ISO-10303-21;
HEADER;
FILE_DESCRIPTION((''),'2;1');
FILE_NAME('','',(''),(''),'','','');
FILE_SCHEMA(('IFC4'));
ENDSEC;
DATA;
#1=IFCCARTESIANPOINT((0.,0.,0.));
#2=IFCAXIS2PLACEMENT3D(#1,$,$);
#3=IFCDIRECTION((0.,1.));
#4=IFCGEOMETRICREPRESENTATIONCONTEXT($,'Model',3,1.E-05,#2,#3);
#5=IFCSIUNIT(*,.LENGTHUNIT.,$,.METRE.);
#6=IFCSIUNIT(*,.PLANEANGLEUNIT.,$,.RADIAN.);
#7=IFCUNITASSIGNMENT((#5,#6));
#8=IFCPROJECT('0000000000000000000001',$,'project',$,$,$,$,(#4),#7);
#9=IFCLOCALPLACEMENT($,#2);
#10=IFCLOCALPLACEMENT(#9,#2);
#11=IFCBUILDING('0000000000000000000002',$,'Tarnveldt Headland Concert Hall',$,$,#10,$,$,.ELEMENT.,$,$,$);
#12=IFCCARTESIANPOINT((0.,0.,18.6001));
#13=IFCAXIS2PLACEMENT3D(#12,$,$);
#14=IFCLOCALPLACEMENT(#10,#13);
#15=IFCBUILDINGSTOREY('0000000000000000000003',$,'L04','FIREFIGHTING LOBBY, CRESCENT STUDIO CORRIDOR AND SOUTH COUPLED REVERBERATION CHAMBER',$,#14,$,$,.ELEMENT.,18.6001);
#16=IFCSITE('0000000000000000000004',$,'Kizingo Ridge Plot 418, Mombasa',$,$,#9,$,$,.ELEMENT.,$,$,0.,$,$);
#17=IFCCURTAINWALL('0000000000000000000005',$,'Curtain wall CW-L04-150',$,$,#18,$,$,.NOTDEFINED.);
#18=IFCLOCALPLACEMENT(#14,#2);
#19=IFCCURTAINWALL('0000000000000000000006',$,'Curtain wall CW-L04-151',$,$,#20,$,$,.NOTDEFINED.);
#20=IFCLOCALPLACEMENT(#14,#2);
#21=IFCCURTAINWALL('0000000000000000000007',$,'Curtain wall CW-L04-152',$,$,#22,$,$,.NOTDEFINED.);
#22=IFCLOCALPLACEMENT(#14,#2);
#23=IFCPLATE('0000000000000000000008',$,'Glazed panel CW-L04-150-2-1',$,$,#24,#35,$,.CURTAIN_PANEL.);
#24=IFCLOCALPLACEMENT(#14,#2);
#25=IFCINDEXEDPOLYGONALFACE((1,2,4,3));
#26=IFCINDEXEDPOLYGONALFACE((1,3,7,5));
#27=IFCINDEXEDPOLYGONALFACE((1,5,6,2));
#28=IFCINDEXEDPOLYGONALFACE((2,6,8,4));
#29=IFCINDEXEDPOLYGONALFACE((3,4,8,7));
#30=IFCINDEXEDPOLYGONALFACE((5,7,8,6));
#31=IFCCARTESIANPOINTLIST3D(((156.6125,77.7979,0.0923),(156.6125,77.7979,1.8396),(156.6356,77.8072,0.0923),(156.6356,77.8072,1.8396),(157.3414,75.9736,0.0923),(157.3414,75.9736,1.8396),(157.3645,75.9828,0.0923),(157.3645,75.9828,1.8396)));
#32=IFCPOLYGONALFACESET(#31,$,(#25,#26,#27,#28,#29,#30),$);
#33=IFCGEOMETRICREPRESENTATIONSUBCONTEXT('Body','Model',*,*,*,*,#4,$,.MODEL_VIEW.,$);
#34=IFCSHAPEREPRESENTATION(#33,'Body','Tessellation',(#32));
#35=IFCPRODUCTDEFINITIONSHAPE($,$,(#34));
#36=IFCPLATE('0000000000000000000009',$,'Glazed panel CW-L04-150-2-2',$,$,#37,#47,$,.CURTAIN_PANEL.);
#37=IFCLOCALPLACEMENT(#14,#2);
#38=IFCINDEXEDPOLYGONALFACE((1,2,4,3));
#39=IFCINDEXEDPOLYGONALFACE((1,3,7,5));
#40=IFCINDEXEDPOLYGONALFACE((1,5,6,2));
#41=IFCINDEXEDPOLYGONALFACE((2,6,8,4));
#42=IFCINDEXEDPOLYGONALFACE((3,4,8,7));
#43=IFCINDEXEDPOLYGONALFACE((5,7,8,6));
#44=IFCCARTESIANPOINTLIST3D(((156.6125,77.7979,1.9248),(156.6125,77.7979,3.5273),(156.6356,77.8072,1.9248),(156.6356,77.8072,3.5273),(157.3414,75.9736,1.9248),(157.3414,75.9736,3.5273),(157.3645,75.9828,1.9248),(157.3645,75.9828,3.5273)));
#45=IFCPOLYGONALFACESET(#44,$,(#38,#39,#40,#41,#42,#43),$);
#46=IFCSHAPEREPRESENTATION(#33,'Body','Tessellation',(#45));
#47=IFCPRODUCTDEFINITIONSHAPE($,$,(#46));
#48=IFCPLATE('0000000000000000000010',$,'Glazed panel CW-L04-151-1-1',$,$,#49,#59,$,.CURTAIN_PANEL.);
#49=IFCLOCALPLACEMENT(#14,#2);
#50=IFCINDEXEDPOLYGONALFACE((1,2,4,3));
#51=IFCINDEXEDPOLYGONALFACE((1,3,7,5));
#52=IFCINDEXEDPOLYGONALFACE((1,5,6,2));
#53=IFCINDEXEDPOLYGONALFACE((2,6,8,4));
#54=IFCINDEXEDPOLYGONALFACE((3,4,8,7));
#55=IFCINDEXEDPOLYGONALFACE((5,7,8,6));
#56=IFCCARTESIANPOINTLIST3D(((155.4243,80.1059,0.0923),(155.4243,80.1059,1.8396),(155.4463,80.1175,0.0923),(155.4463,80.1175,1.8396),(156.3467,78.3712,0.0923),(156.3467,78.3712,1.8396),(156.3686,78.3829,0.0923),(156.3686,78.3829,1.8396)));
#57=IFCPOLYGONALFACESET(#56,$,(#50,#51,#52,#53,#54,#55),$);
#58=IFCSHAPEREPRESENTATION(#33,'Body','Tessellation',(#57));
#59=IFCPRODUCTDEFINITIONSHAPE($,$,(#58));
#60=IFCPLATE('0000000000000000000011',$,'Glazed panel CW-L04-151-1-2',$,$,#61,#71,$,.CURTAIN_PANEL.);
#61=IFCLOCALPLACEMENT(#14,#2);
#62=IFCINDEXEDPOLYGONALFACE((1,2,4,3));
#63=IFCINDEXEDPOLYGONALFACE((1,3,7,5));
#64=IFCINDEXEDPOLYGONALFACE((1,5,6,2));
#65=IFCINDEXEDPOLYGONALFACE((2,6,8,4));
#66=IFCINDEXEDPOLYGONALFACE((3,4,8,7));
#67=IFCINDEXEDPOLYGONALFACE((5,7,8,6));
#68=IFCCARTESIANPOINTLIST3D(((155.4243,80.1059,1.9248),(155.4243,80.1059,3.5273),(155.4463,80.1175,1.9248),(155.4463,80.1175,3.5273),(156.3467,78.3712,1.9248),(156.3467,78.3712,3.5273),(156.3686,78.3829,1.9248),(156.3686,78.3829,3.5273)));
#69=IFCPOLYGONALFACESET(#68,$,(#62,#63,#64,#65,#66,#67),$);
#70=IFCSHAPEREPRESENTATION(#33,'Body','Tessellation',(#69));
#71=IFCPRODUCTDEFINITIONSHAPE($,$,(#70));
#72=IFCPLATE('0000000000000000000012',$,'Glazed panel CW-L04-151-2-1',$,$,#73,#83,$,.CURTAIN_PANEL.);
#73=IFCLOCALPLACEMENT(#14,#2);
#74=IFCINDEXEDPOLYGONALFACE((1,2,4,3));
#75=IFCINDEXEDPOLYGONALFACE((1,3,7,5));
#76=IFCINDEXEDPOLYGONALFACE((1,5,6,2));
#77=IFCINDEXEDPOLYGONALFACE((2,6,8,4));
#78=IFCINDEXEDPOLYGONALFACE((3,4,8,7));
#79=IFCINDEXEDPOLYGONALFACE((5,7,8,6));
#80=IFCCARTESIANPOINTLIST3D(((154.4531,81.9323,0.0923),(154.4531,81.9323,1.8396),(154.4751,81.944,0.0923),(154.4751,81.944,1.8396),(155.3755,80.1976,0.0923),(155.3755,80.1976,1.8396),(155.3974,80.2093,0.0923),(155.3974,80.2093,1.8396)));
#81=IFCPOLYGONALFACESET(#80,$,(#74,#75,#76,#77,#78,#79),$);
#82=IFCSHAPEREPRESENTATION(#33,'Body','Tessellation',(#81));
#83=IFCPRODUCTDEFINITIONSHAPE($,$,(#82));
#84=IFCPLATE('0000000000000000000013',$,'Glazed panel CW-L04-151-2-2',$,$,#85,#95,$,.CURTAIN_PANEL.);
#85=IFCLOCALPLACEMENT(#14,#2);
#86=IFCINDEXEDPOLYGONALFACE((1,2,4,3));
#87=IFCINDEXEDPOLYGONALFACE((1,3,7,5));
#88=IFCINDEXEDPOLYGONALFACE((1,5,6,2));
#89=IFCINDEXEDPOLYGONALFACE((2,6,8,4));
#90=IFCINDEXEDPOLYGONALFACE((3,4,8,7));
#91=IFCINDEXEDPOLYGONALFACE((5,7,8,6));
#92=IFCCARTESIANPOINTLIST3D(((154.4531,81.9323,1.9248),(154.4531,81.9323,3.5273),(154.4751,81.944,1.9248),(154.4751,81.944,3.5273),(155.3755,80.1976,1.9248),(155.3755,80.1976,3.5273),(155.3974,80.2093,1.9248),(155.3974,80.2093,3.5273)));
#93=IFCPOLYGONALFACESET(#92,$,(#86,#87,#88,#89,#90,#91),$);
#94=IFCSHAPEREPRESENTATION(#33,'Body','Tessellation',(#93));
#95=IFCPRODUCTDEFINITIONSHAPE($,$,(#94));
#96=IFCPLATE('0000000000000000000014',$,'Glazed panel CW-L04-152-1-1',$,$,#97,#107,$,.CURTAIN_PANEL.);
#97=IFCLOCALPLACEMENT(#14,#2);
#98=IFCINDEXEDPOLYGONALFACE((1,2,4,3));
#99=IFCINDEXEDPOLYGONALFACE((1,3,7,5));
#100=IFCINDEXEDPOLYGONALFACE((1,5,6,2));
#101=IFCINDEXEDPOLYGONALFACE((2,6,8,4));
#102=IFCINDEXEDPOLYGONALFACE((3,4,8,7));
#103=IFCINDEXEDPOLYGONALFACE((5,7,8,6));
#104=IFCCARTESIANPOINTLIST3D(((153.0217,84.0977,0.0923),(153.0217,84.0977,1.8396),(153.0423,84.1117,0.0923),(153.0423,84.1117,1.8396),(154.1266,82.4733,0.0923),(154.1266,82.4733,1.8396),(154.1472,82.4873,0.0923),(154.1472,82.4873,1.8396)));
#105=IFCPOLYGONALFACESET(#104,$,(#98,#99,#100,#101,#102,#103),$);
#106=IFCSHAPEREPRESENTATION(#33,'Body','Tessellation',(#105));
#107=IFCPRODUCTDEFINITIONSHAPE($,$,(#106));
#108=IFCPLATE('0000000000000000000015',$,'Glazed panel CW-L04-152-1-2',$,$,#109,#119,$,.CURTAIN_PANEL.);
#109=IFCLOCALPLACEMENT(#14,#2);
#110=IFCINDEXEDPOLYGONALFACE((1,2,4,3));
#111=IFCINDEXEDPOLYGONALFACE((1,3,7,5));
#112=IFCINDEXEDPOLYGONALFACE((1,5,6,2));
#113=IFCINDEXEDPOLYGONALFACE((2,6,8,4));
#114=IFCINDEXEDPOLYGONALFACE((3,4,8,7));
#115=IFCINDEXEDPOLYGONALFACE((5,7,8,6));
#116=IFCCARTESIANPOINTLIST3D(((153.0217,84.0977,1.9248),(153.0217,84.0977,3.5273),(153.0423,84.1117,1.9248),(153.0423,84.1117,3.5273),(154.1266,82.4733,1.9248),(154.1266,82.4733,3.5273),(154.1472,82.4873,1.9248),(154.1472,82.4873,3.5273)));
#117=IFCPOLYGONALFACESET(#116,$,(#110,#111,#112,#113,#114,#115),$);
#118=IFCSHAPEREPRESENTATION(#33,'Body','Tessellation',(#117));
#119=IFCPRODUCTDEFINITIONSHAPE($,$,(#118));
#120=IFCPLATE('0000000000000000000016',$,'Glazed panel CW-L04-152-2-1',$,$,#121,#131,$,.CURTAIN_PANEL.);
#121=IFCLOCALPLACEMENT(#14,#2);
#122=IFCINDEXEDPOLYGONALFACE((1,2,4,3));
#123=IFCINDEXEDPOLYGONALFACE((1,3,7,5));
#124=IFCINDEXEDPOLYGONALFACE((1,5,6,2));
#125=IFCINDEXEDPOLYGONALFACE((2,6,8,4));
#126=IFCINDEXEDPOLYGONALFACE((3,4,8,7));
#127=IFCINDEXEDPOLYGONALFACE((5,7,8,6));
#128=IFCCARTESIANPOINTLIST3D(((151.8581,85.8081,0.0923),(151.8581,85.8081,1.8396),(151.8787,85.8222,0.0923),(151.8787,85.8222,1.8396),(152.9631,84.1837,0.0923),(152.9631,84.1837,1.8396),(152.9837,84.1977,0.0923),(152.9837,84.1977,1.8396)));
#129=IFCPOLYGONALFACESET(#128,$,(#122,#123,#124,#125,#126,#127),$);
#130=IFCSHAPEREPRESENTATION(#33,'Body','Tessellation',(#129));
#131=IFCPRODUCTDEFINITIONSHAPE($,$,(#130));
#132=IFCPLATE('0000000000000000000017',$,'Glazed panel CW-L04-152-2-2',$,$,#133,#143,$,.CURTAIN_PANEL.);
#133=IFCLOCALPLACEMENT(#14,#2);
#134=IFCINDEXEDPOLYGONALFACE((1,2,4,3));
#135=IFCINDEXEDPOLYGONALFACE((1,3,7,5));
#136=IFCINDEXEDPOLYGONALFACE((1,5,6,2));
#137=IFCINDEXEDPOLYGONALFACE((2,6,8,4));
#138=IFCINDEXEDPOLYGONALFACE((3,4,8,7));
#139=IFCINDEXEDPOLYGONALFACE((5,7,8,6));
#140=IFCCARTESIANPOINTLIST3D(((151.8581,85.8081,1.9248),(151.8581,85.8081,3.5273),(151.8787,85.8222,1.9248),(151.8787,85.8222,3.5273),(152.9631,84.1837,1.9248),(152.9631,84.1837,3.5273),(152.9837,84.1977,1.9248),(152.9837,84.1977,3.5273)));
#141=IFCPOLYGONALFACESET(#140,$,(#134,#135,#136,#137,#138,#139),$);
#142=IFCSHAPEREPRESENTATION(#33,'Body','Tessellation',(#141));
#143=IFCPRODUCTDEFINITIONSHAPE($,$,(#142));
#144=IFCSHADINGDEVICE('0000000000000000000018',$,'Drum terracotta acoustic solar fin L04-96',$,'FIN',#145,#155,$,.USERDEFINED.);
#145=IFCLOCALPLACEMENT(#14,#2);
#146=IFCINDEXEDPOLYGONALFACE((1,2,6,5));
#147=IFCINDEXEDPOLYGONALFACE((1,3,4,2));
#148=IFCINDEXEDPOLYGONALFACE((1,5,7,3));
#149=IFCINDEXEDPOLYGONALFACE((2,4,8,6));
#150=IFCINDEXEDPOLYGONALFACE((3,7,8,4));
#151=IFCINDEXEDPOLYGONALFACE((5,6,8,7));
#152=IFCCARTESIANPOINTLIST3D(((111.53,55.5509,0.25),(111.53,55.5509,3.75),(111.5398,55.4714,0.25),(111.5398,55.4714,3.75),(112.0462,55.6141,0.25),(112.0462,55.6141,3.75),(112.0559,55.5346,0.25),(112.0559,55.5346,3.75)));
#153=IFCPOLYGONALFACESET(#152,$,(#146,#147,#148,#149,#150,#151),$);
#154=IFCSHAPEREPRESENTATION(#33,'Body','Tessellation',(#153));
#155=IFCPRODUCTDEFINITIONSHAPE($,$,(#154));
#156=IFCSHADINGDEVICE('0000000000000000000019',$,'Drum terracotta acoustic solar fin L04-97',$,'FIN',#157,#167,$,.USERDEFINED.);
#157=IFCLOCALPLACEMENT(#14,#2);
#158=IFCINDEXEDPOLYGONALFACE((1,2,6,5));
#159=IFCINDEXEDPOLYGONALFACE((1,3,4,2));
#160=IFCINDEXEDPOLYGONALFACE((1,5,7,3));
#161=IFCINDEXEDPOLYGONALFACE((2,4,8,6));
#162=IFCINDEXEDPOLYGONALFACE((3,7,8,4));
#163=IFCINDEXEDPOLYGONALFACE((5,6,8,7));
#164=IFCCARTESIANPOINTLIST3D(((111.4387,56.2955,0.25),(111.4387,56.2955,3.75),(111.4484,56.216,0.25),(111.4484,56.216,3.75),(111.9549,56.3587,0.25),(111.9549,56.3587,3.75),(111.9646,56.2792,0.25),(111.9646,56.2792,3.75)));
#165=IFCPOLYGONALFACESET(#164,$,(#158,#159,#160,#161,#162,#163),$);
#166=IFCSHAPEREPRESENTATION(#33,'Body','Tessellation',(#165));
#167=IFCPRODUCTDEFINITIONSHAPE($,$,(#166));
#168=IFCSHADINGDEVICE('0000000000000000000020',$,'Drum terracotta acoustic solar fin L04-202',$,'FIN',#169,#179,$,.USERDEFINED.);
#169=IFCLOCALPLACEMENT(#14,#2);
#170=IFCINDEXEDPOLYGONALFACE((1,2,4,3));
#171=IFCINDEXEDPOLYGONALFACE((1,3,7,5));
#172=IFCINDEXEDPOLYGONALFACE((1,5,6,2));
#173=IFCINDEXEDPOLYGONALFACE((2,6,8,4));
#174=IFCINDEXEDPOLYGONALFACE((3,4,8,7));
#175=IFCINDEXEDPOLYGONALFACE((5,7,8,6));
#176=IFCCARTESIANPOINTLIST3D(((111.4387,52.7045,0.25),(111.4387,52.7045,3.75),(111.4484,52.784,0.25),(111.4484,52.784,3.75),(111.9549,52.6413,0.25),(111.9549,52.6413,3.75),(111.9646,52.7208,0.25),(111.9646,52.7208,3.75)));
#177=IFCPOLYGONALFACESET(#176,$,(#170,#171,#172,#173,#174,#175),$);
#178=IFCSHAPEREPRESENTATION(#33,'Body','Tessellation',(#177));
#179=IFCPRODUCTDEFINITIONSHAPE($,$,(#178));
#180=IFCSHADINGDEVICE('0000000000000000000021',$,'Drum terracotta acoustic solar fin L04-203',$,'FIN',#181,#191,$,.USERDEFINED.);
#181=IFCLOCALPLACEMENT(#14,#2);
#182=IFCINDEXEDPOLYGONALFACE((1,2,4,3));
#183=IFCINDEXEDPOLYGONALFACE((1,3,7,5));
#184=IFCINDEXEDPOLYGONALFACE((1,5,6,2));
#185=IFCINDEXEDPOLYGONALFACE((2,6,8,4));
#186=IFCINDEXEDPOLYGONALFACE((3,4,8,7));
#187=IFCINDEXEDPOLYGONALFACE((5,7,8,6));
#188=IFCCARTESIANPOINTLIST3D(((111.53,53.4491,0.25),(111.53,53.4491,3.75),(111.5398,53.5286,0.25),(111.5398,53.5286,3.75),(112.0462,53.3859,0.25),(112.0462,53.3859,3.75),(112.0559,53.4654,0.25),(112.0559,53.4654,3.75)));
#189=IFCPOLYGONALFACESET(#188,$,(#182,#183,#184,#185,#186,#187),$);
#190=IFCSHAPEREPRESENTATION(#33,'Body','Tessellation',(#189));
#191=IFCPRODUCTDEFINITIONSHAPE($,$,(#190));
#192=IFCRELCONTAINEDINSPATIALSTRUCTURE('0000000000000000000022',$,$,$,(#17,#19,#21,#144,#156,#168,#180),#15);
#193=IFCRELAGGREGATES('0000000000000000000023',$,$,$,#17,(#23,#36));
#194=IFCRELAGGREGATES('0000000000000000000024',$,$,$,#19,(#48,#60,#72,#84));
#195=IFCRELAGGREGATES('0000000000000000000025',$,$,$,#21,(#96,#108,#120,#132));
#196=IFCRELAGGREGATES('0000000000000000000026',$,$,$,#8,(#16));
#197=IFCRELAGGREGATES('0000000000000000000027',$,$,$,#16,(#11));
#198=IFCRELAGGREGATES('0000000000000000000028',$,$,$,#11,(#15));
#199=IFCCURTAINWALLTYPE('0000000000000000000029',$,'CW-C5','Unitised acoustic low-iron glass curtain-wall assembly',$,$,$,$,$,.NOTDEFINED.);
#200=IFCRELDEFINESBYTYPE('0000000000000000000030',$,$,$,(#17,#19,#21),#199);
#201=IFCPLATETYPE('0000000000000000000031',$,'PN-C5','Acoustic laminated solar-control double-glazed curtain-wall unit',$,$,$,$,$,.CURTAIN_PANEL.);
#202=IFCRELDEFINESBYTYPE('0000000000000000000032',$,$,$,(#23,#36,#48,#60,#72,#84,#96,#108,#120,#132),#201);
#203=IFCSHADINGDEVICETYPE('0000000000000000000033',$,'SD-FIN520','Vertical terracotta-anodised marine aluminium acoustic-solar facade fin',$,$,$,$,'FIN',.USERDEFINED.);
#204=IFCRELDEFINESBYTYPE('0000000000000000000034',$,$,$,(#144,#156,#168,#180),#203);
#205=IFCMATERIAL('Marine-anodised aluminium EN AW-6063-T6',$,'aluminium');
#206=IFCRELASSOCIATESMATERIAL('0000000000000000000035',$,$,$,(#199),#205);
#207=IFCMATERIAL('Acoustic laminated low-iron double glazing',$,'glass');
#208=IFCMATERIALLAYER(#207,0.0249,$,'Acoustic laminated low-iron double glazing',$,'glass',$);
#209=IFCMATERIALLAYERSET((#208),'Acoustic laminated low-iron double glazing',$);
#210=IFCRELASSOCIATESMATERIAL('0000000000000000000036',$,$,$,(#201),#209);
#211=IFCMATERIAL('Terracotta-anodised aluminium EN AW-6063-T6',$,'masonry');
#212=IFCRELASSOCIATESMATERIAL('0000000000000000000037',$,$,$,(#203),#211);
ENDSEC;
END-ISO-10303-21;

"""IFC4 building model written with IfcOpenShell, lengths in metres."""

from ifc_helpers import new_model, si_unit, direction, frame, origin, origin_2d, place, context, subcontext, project, spatial, rectangle, extrude, material, layer, layer_set, type_object, element, aggregate, save


model = new_model("IFC4")

# Units and contexts
model_context = context("Model", 3, precision=1e-05, world=origin(), true_north=direction((0.0, 1.0)))
body_context = subcontext(model_context, "Body", "Model", "MODEL_VIEW")
ifc_project = project(units=[si_unit("LENGTHUNIT", "METRE"), si_unit("PLANEANGLEUNIT", "RADIAN")], contexts=[model_context])

# Site, building, storey
site_placement = place(None, origin())
site = spatial("IfcSite", under=ifc_project, at=site_placement, Name="Kizingo Ridge Plot 418, Mombasa", CompositionType="ELEMENT", RefElevation=0.0)
building_placement = place(site_placement, origin())
building = spatial("IfcBuilding", under=site, at=building_placement, Name="Tarnveldt Headland Concert Hall", CompositionType="ELEMENT")
storey_placement = place(building_placement, frame((0.0, 0.0, 18.6001)))
storey = spatial("IfcBuildingStorey", under=building, at=storey_placement, Name="L04", Description="FIREFIGHTING LOBBY, CRESCENT STUDIO CORRIDOR AND SOUTH COUPLED REVERBERATION CHAMBER", CompositionType="ELEMENT", Elevation=18.6001)

# Curtain wall
ifc_material_1 = material(Name="Marine-anodised aluminium EN AW-6063-T6", Category="aluminium")
curtain_wall_type = type_object("IfcCurtainWallType", Name="CW-C5", Description="Unitised acoustic low-iron glass curtain-wall assembly", PredefinedType="NOTDEFINED", material=ifc_material_1)
curtain_wall_1_placement = place(storey_placement, origin())
curtain_wall_1 = element("IfcCurtainWall", 1, at=curtain_wall_1_placement, inside=storey, type_object=curtain_wall_type, Name="Curtain wall CW-L04-150", PredefinedType="NOTDEFINED")

# Curtain walls
curtain_wall_2_placement = place(storey_placement, origin())
curtain_wall_2 = element("IfcCurtainWall", 2, at=curtain_wall_2_placement, inside=storey, type_object=curtain_wall_type, Name="Curtain wall CW-L04-151", PredefinedType="NOTDEFINED")
curtain_wall_3_placement = place(storey_placement, origin())
curtain_wall_3 = element("IfcCurtainWall", 3, at=curtain_wall_3_placement, inside=storey, type_object=curtain_wall_type, Name="Curtain wall CW-L04-152", PredefinedType="NOTDEFINED")

# Plates
ifc_material_2 = material(Name="Acoustic laminated low-iron double glazing", Category="glass")
ifc_layer = layer(ifc_material_2, 0.0249, Name="Acoustic laminated low-iron double glazing", Category="glass")
ifc_layer_set = layer_set([ifc_layer], Name="Acoustic laminated low-iron double glazing")
plate_type = type_object("IfcPlateType", Name="PN-C5", Description="Acoustic laminated solar-control double-glazed curtain-wall unit", PredefinedType="CURTAIN_PANEL", material=ifc_layer_set)
plate_1_placement = place(storey_placement, frame((156.9885, 76.8904, 0.0923), z_axis=(0.0, 0.0, 1.0), x_axis=(-0.371028, 0.928622, 0.0)))
plate_1 = element("IfcPlate", 4, at=plate_1_placement, type_object=plate_type, Name="Glazed panel CW-L04-150-2-1", PredefinedType="CURTAIN_PANEL", context=body_context, shape_type="SweptSolid", body=[
    extrude(rectangle(XDim=1.9646, YDim=0.0249, at=origin_2d()), origin(), (0.0, 0.0, 1.0), 1.7473),
])
plate_2_placement = place(storey_placement, frame((156.9885, 76.8904, 1.9248), z_axis=(0.0, 0.0, 1.0), x_axis=(-0.371028, 0.928622, 0.0)))
plate_2 = element("IfcPlate", 5, at=plate_2_placement, type_object=plate_type, Name="Glazed panel CW-L04-150-2-2", PredefinedType="CURTAIN_PANEL", context=body_context, shape_type="SweptSolid", body=[
    extrude(rectangle(XDim=1.9646, YDim=0.0249, at=origin_2d()), origin(), (0.0, 0.0, 1.0), 1.6025),
])
aggregate(curtain_wall_1, [plate_1, plate_2])
plate_3_placement = place(storey_placement, frame((155.8965, 79.2444, 0.0923), z_axis=(0.0, 0.0, 1.0), x_axis=(-0.469472, 0.882948, 0.0)))
plate_3 = element("IfcPlate", 6, at=plate_3_placement, type_object=plate_type, Name="Glazed panel CW-L04-151-1-1", PredefinedType="CURTAIN_PANEL", context=body_context, shape_type="SweptSolid", body=[
    extrude(rectangle(XDim=1.9646, YDim=0.0249, at=origin_2d()), origin(), (0.0, 0.0, 1.0), 1.7473),
])
plate_4_placement = place(storey_placement, frame((155.8965, 79.2444, 1.9248), z_axis=(0.0, 0.0, 1.0), x_axis=(-0.469472, 0.882948, 0.0)))
plate_4 = element("IfcPlate", 7, at=plate_4_placement, type_object=plate_type, Name="Glazed panel CW-L04-151-1-2", PredefinedType="CURTAIN_PANEL", context=body_context, shape_type="SweptSolid", body=[
    extrude(rectangle(XDim=1.9646, YDim=0.0249, at=origin_2d()), origin(), (0.0, 0.0, 1.0), 1.6025),
])
plate_5_placement = place(storey_placement, frame((154.9253, 81.0708, 0.0923), z_axis=(0.0, 0.0, 1.0), x_axis=(-0.469472, 0.882948, 0.0)))
plate_5 = element("IfcPlate", 8, at=plate_5_placement, type_object=plate_type, Name="Glazed panel CW-L04-151-2-1", PredefinedType="CURTAIN_PANEL", context=body_context, shape_type="SweptSolid", body=[
    extrude(rectangle(XDim=1.9646, YDim=0.0249, at=origin_2d()), origin(), (0.0, 0.0, 1.0), 1.7473),
])
plate_6_placement = place(storey_placement, frame((154.9253, 81.0708, 1.9248), z_axis=(0.0, 0.0, 1.0), x_axis=(-0.469472, 0.882948, 0.0)))
plate_6 = element("IfcPlate", 9, at=plate_6_placement, type_object=plate_type, Name="Glazed panel CW-L04-151-2-2", PredefinedType="CURTAIN_PANEL", context=body_context, shape_type="SweptSolid", body=[
    extrude(rectangle(XDim=1.9646, YDim=0.0249, at=origin_2d()), origin(), (0.0, 0.0, 1.0), 1.6025),
])
aggregate(curtain_wall_2, [plate_3, plate_4, plate_5, plate_6])
plate_7_placement = place(storey_placement, frame((153.5845, 83.2925, 0.0923), z_axis=(0.0, 0.0, 1.0), x_axis=(-0.562415, 0.826855, 0.0)))
plate_7 = element("IfcPlate", 10, at=plate_7_placement, type_object=plate_type, Name="Glazed panel CW-L04-152-1-1", PredefinedType="CURTAIN_PANEL", context=body_context, shape_type="SweptSolid", body=[
    extrude(rectangle(XDim=1.9646, YDim=0.0249, at=origin_2d()), origin(), (0.0, 0.0, 1.0), 1.7473),
])
plate_8_placement = place(storey_placement, frame((153.5845, 83.2925, 1.9248), z_axis=(0.0, 0.0, 1.0), x_axis=(-0.562415, 0.826855, 0.0)))
plate_8 = element("IfcPlate", 11, at=plate_8_placement, type_object=plate_type, Name="Glazed panel CW-L04-152-1-2", PredefinedType="CURTAIN_PANEL", context=body_context, shape_type="SweptSolid", body=[
    extrude(rectangle(XDim=1.9646, YDim=0.0249, at=origin_2d()), origin(), (0.0, 0.0, 1.0), 1.6025),
])
plate_9_placement = place(storey_placement, frame((152.4209, 85.0029, 0.0923), z_axis=(0.0, 0.0, 1.0), x_axis=(-0.562415, 0.826855, 0.0)))
plate_9 = element("IfcPlate", 12, at=plate_9_placement, type_object=plate_type, Name="Glazed panel CW-L04-152-2-1", PredefinedType="CURTAIN_PANEL", context=body_context, shape_type="SweptSolid", body=[
    extrude(rectangle(XDim=1.9646, YDim=0.0249, at=origin_2d()), origin(), (0.0, 0.0, 1.0), 1.7473),
])
plate_10_placement = place(storey_placement, frame((152.4209, 85.0029, 1.9248), z_axis=(0.0, 0.0, 1.0), x_axis=(-0.562415, 0.826855, 0.0)))
plate_10 = element("IfcPlate", 13, at=plate_10_placement, type_object=plate_type, Name="Glazed panel CW-L04-152-2-2", PredefinedType="CURTAIN_PANEL", context=body_context, shape_type="SweptSolid", body=[
    extrude(rectangle(XDim=1.9646, YDim=0.0249, at=origin_2d()), origin(), (0.0, 0.0, 1.0), 1.6025),
])
aggregate(curtain_wall_3, [plate_7, plate_8, plate_9, plate_10])

# Shading devices
ifc_material_3 = material(Name="Terracotta-anodised aluminium EN AW-6063-T6", Category="masonry")
shading_device_type = type_object("IfcShadingDeviceType", Name="SD-FIN520", Description="Vertical terracotta-anodised marine aluminium acoustic-solar facade fin", ElementType="FIN", PredefinedType="USERDEFINED", material=ifc_material_3)
for number, where, z_axis, x_axis, name in (
    (14, (111.793, 55.5427, 0.25), (0.0, 0.0, 1.0), (0.992589, 0.121523, 0.0), "Drum terracotta acoustic solar fin L04-96"),
    (15, (111.7017, 56.2874, 0.25), (0.0, 0.0, 1.0), (0.992589, 0.121523, 0.0), "Drum terracotta acoustic solar fin L04-97"),
    (16, (111.7017, 52.7126, 0.25), (0.0, 0.0, 1.0), (0.992589, -0.121523, 0.0), "Drum terracotta acoustic solar fin L04-202"),
    (17, (111.793, 53.4573, 0.25), (0.0, 0.0, 1.0), (0.992589, -0.121523, 0.0), "Drum terracotta acoustic solar fin L04-203"),
):
    element("IfcShadingDevice", number, at=place(storey_placement, frame(where, z_axis=z_axis, x_axis=x_axis)), inside=storey, type_object=shading_device_type, Name=name, ObjectType="FIN", PredefinedType="USERDEFINED", context=body_context, shape_type="SweptSolid", body=[
        extrude(rectangle(XDim=0.52, YDim=0.0801, at=origin_2d()), origin(), (0.0, 0.0, 1.0), 3.5),
    ])

save(model, "model.ifc")
